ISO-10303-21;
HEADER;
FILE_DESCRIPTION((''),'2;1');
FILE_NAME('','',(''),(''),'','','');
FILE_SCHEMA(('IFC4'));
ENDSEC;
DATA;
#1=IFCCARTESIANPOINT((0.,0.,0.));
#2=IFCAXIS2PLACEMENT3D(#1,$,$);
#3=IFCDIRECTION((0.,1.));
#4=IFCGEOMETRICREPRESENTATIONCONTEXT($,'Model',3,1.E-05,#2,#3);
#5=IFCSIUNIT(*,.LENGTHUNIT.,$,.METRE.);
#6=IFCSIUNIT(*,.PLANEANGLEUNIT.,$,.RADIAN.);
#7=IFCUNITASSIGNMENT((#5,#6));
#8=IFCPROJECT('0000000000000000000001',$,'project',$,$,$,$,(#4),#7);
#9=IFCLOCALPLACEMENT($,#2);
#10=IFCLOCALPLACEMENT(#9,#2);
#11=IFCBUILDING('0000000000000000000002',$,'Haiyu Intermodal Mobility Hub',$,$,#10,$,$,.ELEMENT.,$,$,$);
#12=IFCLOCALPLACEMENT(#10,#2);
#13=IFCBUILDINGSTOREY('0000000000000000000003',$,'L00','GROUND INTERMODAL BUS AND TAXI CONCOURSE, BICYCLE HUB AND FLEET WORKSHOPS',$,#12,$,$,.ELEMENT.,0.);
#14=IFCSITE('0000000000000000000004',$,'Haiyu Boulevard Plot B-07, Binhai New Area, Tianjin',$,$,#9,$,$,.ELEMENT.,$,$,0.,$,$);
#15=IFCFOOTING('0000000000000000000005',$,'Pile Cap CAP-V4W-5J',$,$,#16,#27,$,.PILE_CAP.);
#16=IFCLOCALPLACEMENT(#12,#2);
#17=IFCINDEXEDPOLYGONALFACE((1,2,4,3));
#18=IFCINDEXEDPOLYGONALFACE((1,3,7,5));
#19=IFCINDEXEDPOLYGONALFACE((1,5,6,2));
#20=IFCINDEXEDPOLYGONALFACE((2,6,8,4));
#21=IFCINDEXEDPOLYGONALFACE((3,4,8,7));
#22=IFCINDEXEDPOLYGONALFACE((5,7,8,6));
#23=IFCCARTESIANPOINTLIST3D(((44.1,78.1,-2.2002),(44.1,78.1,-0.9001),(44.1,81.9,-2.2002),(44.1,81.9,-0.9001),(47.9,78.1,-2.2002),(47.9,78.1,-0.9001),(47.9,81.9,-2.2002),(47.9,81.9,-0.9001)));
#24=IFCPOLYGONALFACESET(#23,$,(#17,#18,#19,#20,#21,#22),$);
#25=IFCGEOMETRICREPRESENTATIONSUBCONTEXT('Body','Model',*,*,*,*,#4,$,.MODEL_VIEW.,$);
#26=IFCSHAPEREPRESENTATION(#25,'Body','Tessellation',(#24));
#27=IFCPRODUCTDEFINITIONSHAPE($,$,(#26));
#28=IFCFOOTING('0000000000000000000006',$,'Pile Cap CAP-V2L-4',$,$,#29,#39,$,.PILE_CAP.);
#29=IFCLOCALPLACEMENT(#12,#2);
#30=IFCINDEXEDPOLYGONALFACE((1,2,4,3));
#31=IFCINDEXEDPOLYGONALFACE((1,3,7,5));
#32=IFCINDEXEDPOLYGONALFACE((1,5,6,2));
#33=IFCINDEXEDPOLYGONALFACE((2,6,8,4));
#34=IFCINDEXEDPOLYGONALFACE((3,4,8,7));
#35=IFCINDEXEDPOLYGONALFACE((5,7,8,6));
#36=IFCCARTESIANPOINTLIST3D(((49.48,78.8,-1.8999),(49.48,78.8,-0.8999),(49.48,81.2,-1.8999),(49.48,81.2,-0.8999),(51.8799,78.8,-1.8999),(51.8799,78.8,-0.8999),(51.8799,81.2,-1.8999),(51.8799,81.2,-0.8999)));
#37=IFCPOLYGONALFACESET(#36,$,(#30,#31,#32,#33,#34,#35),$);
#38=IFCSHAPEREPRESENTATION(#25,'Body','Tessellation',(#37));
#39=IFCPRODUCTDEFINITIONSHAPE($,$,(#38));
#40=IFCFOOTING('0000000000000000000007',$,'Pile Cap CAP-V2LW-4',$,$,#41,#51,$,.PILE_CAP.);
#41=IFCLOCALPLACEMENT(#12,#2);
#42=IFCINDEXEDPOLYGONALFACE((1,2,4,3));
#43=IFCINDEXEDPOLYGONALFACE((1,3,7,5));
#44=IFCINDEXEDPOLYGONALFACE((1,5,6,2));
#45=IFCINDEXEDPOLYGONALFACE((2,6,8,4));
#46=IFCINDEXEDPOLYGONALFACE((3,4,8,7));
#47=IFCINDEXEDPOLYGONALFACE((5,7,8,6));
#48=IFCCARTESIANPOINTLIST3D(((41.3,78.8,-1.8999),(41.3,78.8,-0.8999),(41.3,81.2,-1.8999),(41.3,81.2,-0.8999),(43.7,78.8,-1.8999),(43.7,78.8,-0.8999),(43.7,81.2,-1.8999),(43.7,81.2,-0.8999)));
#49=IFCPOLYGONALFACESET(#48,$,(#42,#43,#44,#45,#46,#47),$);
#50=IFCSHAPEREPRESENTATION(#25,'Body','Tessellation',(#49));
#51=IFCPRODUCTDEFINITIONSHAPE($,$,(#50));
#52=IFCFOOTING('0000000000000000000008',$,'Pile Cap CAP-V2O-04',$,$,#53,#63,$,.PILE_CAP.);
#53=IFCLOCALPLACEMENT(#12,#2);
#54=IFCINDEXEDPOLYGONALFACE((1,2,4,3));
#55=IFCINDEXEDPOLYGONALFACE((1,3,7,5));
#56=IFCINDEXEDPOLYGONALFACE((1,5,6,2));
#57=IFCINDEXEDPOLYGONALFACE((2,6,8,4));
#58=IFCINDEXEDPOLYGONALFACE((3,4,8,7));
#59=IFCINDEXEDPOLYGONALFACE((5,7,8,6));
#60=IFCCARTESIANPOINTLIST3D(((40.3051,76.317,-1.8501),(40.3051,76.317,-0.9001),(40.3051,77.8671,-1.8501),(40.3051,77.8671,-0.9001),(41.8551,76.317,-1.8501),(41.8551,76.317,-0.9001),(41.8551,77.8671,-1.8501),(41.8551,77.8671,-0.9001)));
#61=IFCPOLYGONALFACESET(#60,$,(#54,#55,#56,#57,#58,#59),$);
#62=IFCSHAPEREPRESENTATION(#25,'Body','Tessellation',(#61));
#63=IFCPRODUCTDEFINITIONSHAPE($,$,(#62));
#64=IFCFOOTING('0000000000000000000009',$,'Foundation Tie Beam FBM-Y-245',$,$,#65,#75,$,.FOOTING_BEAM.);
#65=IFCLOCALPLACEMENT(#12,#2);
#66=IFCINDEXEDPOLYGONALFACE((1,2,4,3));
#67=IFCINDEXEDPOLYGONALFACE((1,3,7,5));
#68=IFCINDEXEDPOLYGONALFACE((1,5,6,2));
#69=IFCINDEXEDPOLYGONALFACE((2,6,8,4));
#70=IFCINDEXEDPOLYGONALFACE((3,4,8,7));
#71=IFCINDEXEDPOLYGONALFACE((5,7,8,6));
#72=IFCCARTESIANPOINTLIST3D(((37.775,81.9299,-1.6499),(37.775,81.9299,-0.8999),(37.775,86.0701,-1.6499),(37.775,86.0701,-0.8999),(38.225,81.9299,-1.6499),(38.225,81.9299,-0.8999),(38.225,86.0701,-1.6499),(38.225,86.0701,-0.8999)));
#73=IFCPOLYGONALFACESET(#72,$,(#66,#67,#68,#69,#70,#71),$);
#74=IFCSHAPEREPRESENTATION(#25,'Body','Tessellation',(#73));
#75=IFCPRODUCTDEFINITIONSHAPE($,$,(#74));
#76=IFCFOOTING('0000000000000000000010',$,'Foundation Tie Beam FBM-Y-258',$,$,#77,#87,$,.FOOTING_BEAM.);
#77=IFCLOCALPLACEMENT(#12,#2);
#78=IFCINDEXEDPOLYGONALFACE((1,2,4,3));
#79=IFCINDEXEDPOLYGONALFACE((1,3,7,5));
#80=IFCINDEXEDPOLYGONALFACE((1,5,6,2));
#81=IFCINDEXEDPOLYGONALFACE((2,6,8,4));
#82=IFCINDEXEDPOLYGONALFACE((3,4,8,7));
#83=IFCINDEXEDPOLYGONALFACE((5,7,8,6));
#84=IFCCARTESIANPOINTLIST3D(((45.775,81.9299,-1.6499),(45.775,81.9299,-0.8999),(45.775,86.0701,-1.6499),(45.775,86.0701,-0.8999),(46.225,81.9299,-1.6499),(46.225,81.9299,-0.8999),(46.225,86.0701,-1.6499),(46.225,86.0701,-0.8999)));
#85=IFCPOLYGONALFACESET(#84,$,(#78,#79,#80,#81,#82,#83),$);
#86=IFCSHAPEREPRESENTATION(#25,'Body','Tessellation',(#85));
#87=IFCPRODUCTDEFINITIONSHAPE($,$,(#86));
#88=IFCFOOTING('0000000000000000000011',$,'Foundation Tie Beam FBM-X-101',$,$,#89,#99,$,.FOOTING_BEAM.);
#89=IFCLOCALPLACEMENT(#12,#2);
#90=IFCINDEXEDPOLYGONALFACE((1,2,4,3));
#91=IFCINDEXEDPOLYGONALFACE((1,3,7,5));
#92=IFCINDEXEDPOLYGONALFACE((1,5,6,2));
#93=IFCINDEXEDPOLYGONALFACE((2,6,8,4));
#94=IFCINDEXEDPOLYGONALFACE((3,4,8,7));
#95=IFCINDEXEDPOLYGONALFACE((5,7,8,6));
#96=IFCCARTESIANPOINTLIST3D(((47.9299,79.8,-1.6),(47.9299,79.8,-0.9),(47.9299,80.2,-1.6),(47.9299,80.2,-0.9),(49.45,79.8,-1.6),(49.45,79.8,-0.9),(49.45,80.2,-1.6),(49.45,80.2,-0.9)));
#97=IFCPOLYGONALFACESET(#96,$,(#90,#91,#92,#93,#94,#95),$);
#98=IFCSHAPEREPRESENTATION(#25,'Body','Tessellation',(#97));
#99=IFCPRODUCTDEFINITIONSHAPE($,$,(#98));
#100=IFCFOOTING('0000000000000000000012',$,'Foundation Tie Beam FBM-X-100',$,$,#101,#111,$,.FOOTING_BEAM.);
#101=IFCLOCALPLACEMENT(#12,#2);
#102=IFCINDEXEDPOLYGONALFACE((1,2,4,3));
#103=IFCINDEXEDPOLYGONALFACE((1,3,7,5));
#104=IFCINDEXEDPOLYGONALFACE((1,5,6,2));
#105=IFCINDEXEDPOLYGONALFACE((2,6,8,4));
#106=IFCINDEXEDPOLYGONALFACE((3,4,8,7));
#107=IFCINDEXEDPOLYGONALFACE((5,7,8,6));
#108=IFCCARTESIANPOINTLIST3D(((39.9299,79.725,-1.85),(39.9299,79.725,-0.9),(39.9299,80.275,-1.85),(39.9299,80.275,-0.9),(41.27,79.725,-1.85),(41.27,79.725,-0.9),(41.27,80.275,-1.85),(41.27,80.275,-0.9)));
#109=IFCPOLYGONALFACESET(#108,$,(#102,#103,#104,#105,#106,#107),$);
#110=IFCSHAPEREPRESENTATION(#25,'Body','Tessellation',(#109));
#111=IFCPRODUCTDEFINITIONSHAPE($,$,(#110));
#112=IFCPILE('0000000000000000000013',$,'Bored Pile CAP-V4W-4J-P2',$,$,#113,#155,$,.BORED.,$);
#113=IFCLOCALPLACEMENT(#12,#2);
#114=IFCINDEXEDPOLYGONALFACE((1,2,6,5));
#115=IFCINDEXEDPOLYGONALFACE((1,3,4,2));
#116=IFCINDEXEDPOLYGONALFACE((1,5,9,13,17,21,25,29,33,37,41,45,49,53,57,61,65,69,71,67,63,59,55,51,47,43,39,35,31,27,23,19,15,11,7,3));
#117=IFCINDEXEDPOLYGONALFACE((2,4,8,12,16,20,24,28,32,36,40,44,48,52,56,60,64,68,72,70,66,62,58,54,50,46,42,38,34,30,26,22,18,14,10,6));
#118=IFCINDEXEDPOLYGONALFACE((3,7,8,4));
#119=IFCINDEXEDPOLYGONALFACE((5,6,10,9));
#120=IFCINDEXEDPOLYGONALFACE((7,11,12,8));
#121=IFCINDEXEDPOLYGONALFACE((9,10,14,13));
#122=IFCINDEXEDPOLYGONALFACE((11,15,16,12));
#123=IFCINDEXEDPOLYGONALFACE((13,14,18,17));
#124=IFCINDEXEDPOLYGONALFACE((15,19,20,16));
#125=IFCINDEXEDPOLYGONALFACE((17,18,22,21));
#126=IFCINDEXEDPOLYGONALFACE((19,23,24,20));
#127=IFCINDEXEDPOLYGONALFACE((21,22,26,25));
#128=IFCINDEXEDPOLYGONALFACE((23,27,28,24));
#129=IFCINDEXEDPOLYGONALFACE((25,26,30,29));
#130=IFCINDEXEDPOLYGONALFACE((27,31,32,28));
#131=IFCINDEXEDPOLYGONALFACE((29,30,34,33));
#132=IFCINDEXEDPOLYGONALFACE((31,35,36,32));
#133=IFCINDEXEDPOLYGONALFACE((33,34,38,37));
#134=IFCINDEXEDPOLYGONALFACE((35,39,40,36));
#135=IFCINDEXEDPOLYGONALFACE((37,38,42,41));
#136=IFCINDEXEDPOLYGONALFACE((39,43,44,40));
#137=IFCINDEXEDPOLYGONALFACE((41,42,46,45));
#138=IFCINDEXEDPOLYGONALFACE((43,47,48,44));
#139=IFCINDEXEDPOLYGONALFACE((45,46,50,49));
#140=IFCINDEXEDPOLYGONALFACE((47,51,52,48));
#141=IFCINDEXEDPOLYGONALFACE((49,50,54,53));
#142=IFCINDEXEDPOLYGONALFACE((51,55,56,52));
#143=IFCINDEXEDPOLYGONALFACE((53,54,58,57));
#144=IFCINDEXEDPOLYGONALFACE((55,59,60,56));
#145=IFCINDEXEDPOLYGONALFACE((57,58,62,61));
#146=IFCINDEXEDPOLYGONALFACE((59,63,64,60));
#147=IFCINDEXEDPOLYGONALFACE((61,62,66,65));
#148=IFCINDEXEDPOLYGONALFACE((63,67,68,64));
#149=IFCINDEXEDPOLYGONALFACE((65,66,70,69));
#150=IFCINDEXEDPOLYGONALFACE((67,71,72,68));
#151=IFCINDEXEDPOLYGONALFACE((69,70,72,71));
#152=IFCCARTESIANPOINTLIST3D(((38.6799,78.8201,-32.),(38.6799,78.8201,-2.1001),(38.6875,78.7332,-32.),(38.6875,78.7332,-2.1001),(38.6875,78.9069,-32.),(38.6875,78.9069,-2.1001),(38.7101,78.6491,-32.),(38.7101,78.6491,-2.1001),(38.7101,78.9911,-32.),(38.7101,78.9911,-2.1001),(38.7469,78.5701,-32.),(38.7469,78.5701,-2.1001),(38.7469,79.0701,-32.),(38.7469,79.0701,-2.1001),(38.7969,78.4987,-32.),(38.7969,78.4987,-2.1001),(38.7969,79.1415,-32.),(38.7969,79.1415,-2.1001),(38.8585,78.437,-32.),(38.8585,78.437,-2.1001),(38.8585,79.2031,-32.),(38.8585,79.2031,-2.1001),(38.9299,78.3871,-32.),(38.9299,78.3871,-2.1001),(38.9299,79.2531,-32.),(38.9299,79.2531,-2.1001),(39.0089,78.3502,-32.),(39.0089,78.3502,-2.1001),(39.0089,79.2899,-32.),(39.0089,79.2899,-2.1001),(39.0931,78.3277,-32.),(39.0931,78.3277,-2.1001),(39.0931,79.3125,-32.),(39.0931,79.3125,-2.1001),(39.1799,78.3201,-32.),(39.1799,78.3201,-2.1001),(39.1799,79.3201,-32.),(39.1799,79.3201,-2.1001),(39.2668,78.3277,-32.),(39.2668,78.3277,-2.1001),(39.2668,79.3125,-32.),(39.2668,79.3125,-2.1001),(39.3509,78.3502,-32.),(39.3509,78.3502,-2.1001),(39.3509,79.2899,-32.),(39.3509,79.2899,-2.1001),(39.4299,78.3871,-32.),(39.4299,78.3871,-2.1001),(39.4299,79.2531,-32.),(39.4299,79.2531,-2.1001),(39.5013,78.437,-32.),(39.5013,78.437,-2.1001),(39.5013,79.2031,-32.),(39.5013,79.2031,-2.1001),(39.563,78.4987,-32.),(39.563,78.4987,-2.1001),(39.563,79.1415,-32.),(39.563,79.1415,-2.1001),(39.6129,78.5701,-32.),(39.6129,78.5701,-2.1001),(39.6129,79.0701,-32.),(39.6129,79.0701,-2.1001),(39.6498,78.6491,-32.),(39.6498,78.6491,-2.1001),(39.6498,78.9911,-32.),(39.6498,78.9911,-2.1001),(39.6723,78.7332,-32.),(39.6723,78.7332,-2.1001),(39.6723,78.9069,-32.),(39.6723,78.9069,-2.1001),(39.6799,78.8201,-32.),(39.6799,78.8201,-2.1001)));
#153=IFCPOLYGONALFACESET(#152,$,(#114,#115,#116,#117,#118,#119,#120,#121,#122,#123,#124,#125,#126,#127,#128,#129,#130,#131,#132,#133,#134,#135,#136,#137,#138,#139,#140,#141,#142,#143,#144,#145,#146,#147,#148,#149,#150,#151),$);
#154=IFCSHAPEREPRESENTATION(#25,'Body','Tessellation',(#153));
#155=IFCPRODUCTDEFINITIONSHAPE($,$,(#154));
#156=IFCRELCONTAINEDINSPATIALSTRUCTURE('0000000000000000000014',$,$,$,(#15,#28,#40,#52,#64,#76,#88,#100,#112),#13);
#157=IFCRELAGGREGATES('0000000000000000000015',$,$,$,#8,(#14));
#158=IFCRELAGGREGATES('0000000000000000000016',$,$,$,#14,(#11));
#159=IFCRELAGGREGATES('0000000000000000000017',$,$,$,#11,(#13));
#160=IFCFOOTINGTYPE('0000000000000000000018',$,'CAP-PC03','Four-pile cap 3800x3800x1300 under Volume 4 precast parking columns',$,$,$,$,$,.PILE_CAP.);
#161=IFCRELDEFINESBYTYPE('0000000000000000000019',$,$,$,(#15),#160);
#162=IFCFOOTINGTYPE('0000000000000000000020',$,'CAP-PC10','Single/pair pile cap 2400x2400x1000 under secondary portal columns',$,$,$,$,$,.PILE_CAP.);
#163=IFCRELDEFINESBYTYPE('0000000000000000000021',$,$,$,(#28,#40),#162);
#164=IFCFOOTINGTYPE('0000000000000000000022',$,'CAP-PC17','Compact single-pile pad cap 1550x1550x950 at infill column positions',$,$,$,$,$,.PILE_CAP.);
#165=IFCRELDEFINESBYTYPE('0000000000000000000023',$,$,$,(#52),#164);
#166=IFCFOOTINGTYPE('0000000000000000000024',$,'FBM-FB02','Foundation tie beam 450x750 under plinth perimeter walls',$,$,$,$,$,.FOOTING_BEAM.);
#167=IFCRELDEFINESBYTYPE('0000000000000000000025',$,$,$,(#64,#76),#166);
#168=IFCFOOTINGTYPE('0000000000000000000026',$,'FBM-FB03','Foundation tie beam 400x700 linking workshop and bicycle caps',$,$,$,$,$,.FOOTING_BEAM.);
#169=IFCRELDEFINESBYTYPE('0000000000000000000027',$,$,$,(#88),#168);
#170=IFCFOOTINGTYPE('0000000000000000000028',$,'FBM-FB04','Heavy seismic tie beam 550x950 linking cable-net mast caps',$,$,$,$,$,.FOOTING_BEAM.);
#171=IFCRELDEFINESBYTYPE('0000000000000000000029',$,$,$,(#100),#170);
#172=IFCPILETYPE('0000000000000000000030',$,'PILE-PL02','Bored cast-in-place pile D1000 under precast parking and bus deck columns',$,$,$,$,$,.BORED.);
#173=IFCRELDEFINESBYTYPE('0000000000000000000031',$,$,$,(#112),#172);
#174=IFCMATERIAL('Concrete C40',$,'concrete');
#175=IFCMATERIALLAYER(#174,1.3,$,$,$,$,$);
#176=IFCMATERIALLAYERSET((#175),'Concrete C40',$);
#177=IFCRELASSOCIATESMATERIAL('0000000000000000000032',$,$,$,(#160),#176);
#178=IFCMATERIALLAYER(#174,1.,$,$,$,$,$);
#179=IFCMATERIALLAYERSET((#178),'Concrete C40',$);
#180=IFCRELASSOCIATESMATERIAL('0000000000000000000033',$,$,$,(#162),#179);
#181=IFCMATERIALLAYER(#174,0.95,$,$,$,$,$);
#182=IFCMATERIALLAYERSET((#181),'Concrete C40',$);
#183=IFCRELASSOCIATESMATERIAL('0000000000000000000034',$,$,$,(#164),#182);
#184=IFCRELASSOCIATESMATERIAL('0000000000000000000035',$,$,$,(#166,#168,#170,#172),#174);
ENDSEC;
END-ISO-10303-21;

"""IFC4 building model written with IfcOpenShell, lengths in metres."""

from ifc_helpers import new_model, si_unit, direction, frame, origin, origin_2d, place, context, subcontext, project, spatial, rectangle, circle, extrude, material, layer, layer_set, material_profile, profile_set, type_object, element, save


model = new_model("IFC4")

# Units and contexts
model_context = context("Model", 3, precision=1e-05, world=origin(), true_north=direction((0.0, 1.0)))
body_context = subcontext(model_context, "Body", "Model", "MODEL_VIEW")
ifc_project = project(units=[si_unit("LENGTHUNIT", "METRE"), si_unit("PLANEANGLEUNIT", "RADIAN")], contexts=[model_context])

# Site, building, storey
site_placement = place(None, origin())
site = spatial("IfcSite", under=ifc_project, at=site_placement, Name="Haiyu Boulevard Plot B-07, Binhai New Area, Tianjin", CompositionType="ELEMENT", RefElevation=0.0)
building_placement = place(site_placement, origin())
building = spatial("IfcBuilding", under=site, at=building_placement, Name="Haiyu Intermodal Mobility Hub", CompositionType="ELEMENT")
storey_placement = place(building_placement, origin())
storey = spatial("IfcBuildingStorey", under=building, at=storey_placement, Name="L00", Description="GROUND INTERMODAL BUS AND TAXI CONCOURSE, BICYCLE HUB AND FLEET WORKSHOPS", CompositionType="ELEMENT", Elevation=0.0)

# Footings
ifc_material_1 = material(Name="Concrete C40", Category="concrete")
ifc_layer_1 = layer(ifc_material_1, 1.3)
ifc_layer_set_1 = layer_set([ifc_layer_1], Name="Concrete C40")
footing_type_1 = type_object("IfcFootingType", Name="CAP-PC03", Description="Four-pile cap 3800x3800x1300 under Volume 4 precast parking columns", PredefinedType="PILE_CAP", material=ifc_layer_set_1)
footing_1_placement = place(storey_placement, frame((46.0, 80.0, -2.2002), z_axis=(0.0, 0.0, 1.0), x_axis=(1.0, 0.0, 0.0)))
element("IfcFooting", 1, at=footing_1_placement, inside=storey, type_object=footing_type_1, Name="Pile Cap CAP-V4W-5J", PredefinedType="PILE_CAP", context=body_context, shape_type="SweptSolid", body=[
    extrude(rectangle(XDim=3.8, YDim=3.8, at=origin_2d()), origin(), (0.0, 0.0, 1.0), 1.3),
])
ifc_layer_2 = layer(ifc_material_1, 1.0)
ifc_layer_set_2 = layer_set([ifc_layer_2], Name="Concrete C40")
footing_type_2 = type_object("IfcFootingType", Name="CAP-PC10", Description="Single/pair pile cap 2400x2400x1000 under secondary portal columns", PredefinedType="PILE_CAP", material=ifc_layer_set_2)
for number, where, z_axis, x_axis, name in (
    (2, (50.6799, 80.0, -1.8999), (0.0, 0.0, 1.0), (1.0, 0.0, 0.0), "Pile Cap CAP-V2L-4"),
    (3, (42.5, 80.0, -1.8999), (0.0, 0.0, 1.0), (1.0, 0.0, 0.0), "Pile Cap CAP-V2LW-4"),
):
    element("IfcFooting", number, at=place(storey_placement, frame(where, z_axis=z_axis, x_axis=x_axis)), inside=storey, type_object=footing_type_2, Name=name, PredefinedType="PILE_CAP", context=body_context, shape_type="SweptSolid", body=[
        extrude(rectangle(XDim=2.3999, YDim=2.3999, at=origin_2d()), origin(), (0.0, 0.0, 1.0), 1.0),
    ])
ifc_layer_3 = layer(ifc_material_1, 0.95)
ifc_layer_set_3 = layer_set([ifc_layer_3], Name="Concrete C40")
footing_type_3 = type_object("IfcFootingType", Name="CAP-PC17", Description="Compact single-pile pad cap 1550x1550x950 at infill column positions", PredefinedType="PILE_CAP", material=ifc_layer_set_3)
footing_2_placement = place(storey_placement, frame((41.0801, 77.092, -1.8501), z_axis=(0.0, 0.0, 1.0), x_axis=(1.0, 0.0, 0.0)))
element("IfcFooting", 4, at=footing_2_placement, inside=storey, type_object=footing_type_3, Name="Pile Cap CAP-V2O-04", PredefinedType="PILE_CAP", context=body_context, shape_type="SweptSolid", body=[
    extrude(rectangle(XDim=1.55, YDim=1.55, at=origin_2d()), origin(), (0.0, 0.0, 1.0), 0.95),
])
ifc_material_profile_1 = material_profile(ifc_material_1, rectangle(XDim=0.45, YDim=0.75, at=origin_2d()), Name="FB450x750")
ifc_profile_set_1 = profile_set([ifc_material_profile_1], Name="Concrete C40")
footing_type_4 = type_object("IfcFootingType", Name="FBM-FB02", Description="Foundation tie beam 450x750 under plinth perimeter walls", PredefinedType="FOOTING_BEAM", material=ifc_profile_set_1)
for number, where, z_axis, x_axis, name in (
    (5, (38.0, 81.9299, -1.2749), (0.0, 1.0, 0.0), (-1.0, 0.0, 0.0), "Foundation Tie Beam FBM-Y-245"),
    (6, (46.0, 81.9299, -1.2749), (0.0, 1.0, 0.0), (-1.0, 0.0, 0.0), "Foundation Tie Beam FBM-Y-258"),
):
    element("IfcFooting", number, at=place(storey_placement, frame(where, z_axis=z_axis, x_axis=x_axis)), inside=storey, type_object=footing_type_4, Name=name, PredefinedType="FOOTING_BEAM", context=body_context, shape_type="SweptSolid", body=[
        extrude(rectangle(XDim=0.45, YDim=0.75, at=origin_2d()), origin(), (0.0, 0.0, 1.0), 4.1401),
    ])
ifc_material_profile_2 = material_profile(ifc_material_1, rectangle(XDim=0.3999, YDim=0.7, at=origin_2d()), Name="FB400x700")
ifc_profile_set_2 = profile_set([ifc_material_profile_2], Name="Concrete C40")
footing_type_5 = type_object("IfcFootingType", Name="FBM-FB03", Description="Foundation tie beam 400x700 linking workshop and bicycle caps", PredefinedType="FOOTING_BEAM", material=ifc_profile_set_2)
footing_3_placement = place(storey_placement, frame((47.9299, 80.0, -1.25), z_axis=(1.0, 0.0, 0.0), x_axis=(0.0, 1.0, 0.0)))
element("IfcFooting", 7, at=footing_3_placement, inside=storey, type_object=footing_type_5, Name="Foundation Tie Beam FBM-X-101", PredefinedType="FOOTING_BEAM", context=body_context, shape_type="SweptSolid", body=[
    extrude(rectangle(XDim=0.3999, YDim=0.7, at=origin_2d()), origin(), (0.0, 0.0, 1.0), 1.52),
])
ifc_material_profile_3 = material_profile(ifc_material_1, rectangle(XDim=0.55, YDim=0.95, at=origin_2d()), Name="FB550x950")
ifc_profile_set_3 = profile_set([ifc_material_profile_3], Name="Concrete C40")
footing_type_6 = type_object("IfcFootingType", Name="FBM-FB04", Description="Heavy seismic tie beam 550x950 linking cable-net mast caps", PredefinedType="FOOTING_BEAM", material=ifc_profile_set_3)
footing_4_placement = place(storey_placement, frame((39.9299, 80.0, -1.375), z_axis=(1.0, 0.0, 0.0), x_axis=(0.0, 1.0, 0.0)))
element("IfcFooting", 8, at=footing_4_placement, inside=storey, type_object=footing_type_6, Name="Foundation Tie Beam FBM-X-100", PredefinedType="FOOTING_BEAM", context=body_context, shape_type="SweptSolid", body=[
    extrude(rectangle(XDim=0.55, YDim=0.95, at=origin_2d()), origin(), (0.0, 0.0, 1.0), 1.3401),
])

# Pile
ifc_material_profile_4 = material_profile(ifc_material_1, circle(Radius=0.5, at=origin_2d()), Name="PILE-D1000")
ifc_profile_set_4 = profile_set([ifc_material_profile_4], Name="Concrete C40")
pile_type_1 = type_object("IfcPileType", Name="PILE-PL02", Description="Bored cast-in-place pile D1000 under precast parking and bus deck columns", PredefinedType="BORED", material=ifc_profile_set_4)
for number, where, z_axis, x_axis, name in (
    (9, (39.1799, 78.8201, -2.1001), (0.0, 0.0, -1.0), (1.0, 0.0, 0.0), "Bored Pile CAP-V4W-4J-P2"),
):
    element("IfcPile", number, at=place(storey_placement, frame(where, z_axis=z_axis, x_axis=x_axis)), inside=storey, type_object=pile_type_1, Name=name, PredefinedType="BORED", context=body_context, shape_type="SweptSolid", body=[
        extrude(circle(Radius=0.5, at=origin_2d()), origin(), (0.0, 0.0, 1.0), 29.8999),
    ])

save(model, "model.ifc")
